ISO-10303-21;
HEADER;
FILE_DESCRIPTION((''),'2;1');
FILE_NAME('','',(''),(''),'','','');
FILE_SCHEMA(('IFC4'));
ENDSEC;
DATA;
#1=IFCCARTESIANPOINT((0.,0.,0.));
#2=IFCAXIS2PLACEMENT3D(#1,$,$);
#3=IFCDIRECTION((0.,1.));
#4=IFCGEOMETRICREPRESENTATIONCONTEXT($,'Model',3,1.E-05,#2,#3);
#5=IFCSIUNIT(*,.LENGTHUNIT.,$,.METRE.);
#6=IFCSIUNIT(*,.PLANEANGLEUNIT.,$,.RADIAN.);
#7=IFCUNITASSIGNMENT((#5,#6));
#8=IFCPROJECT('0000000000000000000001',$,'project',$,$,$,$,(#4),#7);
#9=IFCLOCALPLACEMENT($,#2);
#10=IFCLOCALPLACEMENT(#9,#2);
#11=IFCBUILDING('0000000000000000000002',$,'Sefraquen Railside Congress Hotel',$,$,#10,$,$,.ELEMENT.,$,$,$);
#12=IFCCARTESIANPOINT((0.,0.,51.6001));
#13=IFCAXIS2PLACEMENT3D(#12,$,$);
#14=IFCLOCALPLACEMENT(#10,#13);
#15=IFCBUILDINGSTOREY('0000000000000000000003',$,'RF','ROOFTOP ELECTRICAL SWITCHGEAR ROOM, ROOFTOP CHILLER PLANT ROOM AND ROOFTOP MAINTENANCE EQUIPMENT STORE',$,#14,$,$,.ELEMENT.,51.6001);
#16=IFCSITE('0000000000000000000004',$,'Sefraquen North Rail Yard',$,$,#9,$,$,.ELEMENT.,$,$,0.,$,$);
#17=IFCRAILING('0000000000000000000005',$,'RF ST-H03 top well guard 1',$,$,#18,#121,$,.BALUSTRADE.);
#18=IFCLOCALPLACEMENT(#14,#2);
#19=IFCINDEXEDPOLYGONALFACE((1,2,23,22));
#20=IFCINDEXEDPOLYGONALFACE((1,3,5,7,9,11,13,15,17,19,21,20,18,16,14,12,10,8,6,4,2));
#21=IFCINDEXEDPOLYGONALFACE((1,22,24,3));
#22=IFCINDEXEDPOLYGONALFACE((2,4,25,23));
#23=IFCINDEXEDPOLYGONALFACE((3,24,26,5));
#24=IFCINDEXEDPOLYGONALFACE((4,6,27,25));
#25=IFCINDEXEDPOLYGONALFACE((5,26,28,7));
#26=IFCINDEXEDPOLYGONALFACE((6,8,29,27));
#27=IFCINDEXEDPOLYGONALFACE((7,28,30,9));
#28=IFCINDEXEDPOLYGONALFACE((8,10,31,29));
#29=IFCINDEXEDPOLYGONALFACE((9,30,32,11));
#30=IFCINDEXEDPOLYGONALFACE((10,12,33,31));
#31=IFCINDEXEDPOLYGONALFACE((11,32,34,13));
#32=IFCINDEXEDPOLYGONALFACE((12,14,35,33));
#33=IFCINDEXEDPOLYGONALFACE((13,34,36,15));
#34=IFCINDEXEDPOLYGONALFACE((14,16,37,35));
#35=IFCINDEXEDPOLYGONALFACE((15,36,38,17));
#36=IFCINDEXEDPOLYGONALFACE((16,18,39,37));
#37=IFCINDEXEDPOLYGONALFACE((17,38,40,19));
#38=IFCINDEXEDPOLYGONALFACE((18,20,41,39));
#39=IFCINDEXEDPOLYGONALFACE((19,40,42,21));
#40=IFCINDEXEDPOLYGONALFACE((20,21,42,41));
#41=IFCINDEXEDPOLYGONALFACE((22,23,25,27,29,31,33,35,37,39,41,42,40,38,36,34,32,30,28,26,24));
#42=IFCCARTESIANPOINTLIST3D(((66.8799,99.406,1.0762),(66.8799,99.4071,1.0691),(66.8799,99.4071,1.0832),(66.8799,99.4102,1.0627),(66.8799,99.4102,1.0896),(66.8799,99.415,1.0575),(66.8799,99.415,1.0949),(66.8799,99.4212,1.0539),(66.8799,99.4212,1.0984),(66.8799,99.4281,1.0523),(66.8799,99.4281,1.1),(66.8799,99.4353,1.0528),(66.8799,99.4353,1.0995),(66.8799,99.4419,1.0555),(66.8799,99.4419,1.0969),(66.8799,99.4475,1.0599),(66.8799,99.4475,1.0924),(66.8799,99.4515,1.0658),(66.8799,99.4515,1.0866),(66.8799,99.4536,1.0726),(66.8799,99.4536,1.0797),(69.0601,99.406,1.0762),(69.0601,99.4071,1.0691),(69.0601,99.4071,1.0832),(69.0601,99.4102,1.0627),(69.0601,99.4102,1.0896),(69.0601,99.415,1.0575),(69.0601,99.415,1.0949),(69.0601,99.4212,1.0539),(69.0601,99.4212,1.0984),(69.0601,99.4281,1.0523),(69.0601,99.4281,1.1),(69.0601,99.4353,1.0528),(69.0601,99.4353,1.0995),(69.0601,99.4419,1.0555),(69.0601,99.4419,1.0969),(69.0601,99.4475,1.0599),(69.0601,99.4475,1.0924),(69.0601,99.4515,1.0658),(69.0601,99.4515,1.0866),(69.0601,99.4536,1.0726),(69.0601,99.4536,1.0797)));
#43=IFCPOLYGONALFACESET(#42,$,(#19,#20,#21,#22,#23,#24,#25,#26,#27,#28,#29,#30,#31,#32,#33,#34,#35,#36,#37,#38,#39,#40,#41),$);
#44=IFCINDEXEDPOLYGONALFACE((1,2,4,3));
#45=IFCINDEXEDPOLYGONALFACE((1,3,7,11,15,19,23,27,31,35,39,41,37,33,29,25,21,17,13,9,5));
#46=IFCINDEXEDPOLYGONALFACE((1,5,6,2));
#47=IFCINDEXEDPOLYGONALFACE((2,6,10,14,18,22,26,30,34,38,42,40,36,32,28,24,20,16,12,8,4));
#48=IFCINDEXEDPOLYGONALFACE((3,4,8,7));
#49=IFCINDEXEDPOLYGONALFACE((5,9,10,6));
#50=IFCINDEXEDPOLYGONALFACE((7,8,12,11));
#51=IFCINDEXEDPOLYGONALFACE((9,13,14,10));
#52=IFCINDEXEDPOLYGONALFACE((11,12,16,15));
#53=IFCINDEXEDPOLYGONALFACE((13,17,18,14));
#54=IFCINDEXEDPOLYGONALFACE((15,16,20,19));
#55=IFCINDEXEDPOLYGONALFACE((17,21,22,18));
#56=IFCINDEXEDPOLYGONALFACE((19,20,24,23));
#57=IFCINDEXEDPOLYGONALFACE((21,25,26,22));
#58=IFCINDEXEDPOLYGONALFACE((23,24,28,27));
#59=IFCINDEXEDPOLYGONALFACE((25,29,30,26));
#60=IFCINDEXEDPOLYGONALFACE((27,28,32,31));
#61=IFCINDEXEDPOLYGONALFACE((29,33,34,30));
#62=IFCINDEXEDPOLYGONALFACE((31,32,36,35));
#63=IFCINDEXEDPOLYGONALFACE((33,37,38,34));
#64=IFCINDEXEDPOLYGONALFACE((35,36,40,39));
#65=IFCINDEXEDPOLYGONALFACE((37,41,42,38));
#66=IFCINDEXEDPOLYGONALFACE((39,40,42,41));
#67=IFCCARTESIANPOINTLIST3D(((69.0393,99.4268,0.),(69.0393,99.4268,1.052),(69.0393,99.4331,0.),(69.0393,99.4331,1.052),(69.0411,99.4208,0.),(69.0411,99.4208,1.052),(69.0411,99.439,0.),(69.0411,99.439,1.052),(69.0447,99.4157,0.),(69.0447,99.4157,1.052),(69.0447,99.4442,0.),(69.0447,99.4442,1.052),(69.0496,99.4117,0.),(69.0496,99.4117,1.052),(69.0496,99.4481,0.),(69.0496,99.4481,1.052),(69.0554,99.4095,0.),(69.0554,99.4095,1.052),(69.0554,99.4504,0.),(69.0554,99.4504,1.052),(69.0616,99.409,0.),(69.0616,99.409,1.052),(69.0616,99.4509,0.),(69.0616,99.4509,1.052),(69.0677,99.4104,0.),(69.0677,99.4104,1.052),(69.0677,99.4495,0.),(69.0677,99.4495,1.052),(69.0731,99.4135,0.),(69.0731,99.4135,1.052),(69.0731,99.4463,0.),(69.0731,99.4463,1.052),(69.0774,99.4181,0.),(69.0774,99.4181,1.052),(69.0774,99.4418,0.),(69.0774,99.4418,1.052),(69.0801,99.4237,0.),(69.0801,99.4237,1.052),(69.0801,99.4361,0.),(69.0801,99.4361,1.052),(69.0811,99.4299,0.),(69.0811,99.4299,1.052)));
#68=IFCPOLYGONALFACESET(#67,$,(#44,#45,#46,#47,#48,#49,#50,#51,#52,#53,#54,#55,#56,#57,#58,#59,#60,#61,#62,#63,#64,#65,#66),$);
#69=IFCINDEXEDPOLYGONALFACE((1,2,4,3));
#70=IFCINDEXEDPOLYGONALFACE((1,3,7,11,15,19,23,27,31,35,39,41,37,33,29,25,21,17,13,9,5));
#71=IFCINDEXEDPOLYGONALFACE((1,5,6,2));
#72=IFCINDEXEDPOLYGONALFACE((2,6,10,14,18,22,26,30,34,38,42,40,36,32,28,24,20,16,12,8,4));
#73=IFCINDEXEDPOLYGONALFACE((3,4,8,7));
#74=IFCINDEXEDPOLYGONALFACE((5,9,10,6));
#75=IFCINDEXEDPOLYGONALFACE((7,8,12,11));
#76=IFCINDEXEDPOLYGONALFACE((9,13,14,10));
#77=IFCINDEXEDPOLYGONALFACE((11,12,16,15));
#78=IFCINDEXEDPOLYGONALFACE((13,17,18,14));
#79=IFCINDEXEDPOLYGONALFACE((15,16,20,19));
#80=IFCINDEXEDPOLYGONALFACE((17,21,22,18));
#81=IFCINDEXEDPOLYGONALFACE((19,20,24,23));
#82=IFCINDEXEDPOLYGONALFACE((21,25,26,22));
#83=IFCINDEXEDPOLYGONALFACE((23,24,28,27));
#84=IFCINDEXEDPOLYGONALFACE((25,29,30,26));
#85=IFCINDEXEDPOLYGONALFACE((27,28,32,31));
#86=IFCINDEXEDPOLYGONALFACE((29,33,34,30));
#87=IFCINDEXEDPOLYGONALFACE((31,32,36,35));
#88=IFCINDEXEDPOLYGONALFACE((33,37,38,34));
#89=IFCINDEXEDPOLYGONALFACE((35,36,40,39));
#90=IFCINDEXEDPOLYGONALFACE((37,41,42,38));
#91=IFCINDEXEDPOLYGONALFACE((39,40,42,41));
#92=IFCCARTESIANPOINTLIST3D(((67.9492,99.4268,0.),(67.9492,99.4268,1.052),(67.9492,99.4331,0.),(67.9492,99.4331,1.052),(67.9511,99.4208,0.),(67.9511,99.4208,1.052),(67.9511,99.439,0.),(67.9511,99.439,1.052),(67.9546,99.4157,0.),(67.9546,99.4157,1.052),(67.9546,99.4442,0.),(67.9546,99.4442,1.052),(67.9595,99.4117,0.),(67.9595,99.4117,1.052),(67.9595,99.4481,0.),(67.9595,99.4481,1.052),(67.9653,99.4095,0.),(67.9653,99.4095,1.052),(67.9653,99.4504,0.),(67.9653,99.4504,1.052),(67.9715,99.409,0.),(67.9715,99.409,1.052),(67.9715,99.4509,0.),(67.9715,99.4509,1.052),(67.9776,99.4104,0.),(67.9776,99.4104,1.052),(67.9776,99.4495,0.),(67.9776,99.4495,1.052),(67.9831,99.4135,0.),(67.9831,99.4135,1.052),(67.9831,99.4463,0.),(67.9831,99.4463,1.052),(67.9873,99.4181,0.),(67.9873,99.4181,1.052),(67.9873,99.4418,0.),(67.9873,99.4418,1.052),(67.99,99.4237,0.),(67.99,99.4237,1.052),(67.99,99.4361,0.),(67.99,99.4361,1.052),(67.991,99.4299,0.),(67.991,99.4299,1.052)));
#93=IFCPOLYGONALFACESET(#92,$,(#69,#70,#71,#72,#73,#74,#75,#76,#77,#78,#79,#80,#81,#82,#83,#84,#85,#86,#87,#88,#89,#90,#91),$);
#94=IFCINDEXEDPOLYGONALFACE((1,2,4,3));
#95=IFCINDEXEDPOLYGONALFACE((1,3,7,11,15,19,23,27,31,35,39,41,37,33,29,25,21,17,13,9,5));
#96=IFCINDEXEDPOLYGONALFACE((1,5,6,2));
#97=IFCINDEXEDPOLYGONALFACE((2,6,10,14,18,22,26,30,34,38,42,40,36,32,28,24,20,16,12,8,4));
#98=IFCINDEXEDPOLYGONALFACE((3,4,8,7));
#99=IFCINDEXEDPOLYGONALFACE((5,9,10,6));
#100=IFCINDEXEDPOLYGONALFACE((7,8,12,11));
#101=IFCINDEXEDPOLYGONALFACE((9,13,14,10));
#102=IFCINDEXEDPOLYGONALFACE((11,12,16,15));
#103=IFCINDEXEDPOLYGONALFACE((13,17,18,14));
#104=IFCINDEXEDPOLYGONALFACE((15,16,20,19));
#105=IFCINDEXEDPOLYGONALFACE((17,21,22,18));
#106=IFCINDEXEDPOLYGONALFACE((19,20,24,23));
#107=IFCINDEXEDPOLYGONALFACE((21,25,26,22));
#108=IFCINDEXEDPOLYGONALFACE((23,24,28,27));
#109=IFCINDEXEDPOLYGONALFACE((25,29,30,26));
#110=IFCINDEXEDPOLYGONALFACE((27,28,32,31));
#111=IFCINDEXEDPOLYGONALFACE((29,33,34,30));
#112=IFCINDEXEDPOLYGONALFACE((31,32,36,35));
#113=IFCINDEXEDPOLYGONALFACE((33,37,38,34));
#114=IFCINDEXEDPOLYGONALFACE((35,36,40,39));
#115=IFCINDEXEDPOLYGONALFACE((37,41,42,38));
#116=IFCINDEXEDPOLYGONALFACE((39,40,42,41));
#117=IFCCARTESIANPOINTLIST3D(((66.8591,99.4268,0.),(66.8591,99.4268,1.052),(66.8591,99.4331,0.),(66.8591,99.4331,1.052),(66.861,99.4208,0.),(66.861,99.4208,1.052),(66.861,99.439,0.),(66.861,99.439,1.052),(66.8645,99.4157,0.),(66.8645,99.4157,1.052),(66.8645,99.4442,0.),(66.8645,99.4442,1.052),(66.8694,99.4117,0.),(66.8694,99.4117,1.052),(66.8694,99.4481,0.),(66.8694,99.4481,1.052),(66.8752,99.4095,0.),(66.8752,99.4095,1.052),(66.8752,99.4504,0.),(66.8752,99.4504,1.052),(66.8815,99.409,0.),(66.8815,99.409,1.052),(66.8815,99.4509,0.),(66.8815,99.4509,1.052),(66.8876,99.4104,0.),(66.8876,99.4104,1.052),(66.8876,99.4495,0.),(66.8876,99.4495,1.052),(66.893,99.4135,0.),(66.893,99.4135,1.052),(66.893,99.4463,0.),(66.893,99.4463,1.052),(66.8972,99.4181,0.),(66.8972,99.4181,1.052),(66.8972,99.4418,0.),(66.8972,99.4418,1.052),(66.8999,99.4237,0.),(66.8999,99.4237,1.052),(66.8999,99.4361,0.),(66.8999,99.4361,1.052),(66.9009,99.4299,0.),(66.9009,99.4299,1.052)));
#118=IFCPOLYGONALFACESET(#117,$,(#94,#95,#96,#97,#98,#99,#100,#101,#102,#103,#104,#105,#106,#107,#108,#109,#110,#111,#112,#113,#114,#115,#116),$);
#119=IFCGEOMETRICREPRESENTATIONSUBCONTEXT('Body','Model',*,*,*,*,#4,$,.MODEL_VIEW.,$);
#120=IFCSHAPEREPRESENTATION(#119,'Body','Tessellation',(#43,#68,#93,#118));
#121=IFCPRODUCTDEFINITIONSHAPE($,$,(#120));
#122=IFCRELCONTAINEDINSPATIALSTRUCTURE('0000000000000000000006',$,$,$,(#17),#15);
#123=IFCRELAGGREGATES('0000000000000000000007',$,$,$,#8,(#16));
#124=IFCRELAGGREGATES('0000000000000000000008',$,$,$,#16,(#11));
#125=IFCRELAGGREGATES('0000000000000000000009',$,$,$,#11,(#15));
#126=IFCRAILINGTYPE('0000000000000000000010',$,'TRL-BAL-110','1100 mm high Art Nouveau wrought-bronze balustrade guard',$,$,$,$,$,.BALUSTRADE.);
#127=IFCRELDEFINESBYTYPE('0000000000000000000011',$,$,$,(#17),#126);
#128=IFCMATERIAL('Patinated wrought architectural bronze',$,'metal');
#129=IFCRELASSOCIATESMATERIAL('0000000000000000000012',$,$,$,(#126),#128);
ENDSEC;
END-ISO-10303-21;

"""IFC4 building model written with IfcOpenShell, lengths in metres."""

from ifc_helpers import new_model, si_unit, direction, frame, origin, origin_2d, place, context, subcontext, project, spatial, circle, extrude, material, type_object, element, save


model = new_model("IFC4")

# Units and contexts
model_context = context("Model", 3, precision=1e-05, world=origin(), true_north=direction((0.0, 1.0)))
body_context = subcontext(model_context, "Body", "Model", "MODEL_VIEW")
ifc_project = project(units=[si_unit("LENGTHUNIT", "METRE"), si_unit("PLANEANGLEUNIT", "RADIAN")], contexts=[model_context])

# Site, building, storey
site_placement = place(None, origin())
site = spatial("IfcSite", under=ifc_project, at=site_placement, Name="Sefraquen North Rail Yard", CompositionType="ELEMENT", RefElevation=0.0)
building_placement = place(site_placement, origin())
building = spatial("IfcBuilding", under=site, at=building_placement, Name="Sefraquen Railside Congress Hotel", CompositionType="ELEMENT")
storey_placement = place(building_placement, frame((0.0, 0.0, 51.6001)))
storey = spatial("IfcBuildingStorey", under=building, at=storey_placement, Name="RF", Description="ROOFTOP ELECTRICAL SWITCHGEAR ROOM, ROOFTOP CHILLER PLANT ROOM AND ROOFTOP MAINTENANCE EQUIPMENT STORE", CompositionType="ELEMENT", Elevation=51.6001)

# Railing
ifc_material_1 = material(Name="Patinated wrought architectural bronze", Category="metal")
railing_type = type_object("IfcRailingType", Name="TRL-BAL-110", Description="1100 mm high Art Nouveau wrought-bronze balustrade guard", PredefinedType="BALUSTRADE", material=ifc_material_1)
railing_placement = place(storey_placement, frame((69.0601, 99.4299, 0.0)))
element("IfcRailing", 1, at=railing_placement, inside=storey, type_object=railing_type, Name="RF ST-H03 top well guard 1", PredefinedType="BALUSTRADE", context=body_context, shape_type="SweptSolid", body=[
    extrude(circle(Radius=0.0239, at=origin_2d()), frame((0.0, 0.0, 1.0762), z_axis=(-1.0, 0.0, 0.0), x_axis=(0.0, -1.0, 0.0)), (0.0, 0.0, 1.0), 2.1802),
    extrude(circle(Radius=0.021, at=origin_2d()), origin(), (0.0, 0.0, 1.0), 1.052),
    extrude(circle(Radius=0.021, at=origin_2d()), frame((-1.0901, 0.0, 0.0)), (0.0, 0.0, 1.0), 1.052),
    extrude(circle(Radius=0.021, at=origin_2d()), frame((-2.1802, 0.0, 0.0)), (0.0, 0.0, 1.0), 1.052),
])

save(model, "model.ifc")
